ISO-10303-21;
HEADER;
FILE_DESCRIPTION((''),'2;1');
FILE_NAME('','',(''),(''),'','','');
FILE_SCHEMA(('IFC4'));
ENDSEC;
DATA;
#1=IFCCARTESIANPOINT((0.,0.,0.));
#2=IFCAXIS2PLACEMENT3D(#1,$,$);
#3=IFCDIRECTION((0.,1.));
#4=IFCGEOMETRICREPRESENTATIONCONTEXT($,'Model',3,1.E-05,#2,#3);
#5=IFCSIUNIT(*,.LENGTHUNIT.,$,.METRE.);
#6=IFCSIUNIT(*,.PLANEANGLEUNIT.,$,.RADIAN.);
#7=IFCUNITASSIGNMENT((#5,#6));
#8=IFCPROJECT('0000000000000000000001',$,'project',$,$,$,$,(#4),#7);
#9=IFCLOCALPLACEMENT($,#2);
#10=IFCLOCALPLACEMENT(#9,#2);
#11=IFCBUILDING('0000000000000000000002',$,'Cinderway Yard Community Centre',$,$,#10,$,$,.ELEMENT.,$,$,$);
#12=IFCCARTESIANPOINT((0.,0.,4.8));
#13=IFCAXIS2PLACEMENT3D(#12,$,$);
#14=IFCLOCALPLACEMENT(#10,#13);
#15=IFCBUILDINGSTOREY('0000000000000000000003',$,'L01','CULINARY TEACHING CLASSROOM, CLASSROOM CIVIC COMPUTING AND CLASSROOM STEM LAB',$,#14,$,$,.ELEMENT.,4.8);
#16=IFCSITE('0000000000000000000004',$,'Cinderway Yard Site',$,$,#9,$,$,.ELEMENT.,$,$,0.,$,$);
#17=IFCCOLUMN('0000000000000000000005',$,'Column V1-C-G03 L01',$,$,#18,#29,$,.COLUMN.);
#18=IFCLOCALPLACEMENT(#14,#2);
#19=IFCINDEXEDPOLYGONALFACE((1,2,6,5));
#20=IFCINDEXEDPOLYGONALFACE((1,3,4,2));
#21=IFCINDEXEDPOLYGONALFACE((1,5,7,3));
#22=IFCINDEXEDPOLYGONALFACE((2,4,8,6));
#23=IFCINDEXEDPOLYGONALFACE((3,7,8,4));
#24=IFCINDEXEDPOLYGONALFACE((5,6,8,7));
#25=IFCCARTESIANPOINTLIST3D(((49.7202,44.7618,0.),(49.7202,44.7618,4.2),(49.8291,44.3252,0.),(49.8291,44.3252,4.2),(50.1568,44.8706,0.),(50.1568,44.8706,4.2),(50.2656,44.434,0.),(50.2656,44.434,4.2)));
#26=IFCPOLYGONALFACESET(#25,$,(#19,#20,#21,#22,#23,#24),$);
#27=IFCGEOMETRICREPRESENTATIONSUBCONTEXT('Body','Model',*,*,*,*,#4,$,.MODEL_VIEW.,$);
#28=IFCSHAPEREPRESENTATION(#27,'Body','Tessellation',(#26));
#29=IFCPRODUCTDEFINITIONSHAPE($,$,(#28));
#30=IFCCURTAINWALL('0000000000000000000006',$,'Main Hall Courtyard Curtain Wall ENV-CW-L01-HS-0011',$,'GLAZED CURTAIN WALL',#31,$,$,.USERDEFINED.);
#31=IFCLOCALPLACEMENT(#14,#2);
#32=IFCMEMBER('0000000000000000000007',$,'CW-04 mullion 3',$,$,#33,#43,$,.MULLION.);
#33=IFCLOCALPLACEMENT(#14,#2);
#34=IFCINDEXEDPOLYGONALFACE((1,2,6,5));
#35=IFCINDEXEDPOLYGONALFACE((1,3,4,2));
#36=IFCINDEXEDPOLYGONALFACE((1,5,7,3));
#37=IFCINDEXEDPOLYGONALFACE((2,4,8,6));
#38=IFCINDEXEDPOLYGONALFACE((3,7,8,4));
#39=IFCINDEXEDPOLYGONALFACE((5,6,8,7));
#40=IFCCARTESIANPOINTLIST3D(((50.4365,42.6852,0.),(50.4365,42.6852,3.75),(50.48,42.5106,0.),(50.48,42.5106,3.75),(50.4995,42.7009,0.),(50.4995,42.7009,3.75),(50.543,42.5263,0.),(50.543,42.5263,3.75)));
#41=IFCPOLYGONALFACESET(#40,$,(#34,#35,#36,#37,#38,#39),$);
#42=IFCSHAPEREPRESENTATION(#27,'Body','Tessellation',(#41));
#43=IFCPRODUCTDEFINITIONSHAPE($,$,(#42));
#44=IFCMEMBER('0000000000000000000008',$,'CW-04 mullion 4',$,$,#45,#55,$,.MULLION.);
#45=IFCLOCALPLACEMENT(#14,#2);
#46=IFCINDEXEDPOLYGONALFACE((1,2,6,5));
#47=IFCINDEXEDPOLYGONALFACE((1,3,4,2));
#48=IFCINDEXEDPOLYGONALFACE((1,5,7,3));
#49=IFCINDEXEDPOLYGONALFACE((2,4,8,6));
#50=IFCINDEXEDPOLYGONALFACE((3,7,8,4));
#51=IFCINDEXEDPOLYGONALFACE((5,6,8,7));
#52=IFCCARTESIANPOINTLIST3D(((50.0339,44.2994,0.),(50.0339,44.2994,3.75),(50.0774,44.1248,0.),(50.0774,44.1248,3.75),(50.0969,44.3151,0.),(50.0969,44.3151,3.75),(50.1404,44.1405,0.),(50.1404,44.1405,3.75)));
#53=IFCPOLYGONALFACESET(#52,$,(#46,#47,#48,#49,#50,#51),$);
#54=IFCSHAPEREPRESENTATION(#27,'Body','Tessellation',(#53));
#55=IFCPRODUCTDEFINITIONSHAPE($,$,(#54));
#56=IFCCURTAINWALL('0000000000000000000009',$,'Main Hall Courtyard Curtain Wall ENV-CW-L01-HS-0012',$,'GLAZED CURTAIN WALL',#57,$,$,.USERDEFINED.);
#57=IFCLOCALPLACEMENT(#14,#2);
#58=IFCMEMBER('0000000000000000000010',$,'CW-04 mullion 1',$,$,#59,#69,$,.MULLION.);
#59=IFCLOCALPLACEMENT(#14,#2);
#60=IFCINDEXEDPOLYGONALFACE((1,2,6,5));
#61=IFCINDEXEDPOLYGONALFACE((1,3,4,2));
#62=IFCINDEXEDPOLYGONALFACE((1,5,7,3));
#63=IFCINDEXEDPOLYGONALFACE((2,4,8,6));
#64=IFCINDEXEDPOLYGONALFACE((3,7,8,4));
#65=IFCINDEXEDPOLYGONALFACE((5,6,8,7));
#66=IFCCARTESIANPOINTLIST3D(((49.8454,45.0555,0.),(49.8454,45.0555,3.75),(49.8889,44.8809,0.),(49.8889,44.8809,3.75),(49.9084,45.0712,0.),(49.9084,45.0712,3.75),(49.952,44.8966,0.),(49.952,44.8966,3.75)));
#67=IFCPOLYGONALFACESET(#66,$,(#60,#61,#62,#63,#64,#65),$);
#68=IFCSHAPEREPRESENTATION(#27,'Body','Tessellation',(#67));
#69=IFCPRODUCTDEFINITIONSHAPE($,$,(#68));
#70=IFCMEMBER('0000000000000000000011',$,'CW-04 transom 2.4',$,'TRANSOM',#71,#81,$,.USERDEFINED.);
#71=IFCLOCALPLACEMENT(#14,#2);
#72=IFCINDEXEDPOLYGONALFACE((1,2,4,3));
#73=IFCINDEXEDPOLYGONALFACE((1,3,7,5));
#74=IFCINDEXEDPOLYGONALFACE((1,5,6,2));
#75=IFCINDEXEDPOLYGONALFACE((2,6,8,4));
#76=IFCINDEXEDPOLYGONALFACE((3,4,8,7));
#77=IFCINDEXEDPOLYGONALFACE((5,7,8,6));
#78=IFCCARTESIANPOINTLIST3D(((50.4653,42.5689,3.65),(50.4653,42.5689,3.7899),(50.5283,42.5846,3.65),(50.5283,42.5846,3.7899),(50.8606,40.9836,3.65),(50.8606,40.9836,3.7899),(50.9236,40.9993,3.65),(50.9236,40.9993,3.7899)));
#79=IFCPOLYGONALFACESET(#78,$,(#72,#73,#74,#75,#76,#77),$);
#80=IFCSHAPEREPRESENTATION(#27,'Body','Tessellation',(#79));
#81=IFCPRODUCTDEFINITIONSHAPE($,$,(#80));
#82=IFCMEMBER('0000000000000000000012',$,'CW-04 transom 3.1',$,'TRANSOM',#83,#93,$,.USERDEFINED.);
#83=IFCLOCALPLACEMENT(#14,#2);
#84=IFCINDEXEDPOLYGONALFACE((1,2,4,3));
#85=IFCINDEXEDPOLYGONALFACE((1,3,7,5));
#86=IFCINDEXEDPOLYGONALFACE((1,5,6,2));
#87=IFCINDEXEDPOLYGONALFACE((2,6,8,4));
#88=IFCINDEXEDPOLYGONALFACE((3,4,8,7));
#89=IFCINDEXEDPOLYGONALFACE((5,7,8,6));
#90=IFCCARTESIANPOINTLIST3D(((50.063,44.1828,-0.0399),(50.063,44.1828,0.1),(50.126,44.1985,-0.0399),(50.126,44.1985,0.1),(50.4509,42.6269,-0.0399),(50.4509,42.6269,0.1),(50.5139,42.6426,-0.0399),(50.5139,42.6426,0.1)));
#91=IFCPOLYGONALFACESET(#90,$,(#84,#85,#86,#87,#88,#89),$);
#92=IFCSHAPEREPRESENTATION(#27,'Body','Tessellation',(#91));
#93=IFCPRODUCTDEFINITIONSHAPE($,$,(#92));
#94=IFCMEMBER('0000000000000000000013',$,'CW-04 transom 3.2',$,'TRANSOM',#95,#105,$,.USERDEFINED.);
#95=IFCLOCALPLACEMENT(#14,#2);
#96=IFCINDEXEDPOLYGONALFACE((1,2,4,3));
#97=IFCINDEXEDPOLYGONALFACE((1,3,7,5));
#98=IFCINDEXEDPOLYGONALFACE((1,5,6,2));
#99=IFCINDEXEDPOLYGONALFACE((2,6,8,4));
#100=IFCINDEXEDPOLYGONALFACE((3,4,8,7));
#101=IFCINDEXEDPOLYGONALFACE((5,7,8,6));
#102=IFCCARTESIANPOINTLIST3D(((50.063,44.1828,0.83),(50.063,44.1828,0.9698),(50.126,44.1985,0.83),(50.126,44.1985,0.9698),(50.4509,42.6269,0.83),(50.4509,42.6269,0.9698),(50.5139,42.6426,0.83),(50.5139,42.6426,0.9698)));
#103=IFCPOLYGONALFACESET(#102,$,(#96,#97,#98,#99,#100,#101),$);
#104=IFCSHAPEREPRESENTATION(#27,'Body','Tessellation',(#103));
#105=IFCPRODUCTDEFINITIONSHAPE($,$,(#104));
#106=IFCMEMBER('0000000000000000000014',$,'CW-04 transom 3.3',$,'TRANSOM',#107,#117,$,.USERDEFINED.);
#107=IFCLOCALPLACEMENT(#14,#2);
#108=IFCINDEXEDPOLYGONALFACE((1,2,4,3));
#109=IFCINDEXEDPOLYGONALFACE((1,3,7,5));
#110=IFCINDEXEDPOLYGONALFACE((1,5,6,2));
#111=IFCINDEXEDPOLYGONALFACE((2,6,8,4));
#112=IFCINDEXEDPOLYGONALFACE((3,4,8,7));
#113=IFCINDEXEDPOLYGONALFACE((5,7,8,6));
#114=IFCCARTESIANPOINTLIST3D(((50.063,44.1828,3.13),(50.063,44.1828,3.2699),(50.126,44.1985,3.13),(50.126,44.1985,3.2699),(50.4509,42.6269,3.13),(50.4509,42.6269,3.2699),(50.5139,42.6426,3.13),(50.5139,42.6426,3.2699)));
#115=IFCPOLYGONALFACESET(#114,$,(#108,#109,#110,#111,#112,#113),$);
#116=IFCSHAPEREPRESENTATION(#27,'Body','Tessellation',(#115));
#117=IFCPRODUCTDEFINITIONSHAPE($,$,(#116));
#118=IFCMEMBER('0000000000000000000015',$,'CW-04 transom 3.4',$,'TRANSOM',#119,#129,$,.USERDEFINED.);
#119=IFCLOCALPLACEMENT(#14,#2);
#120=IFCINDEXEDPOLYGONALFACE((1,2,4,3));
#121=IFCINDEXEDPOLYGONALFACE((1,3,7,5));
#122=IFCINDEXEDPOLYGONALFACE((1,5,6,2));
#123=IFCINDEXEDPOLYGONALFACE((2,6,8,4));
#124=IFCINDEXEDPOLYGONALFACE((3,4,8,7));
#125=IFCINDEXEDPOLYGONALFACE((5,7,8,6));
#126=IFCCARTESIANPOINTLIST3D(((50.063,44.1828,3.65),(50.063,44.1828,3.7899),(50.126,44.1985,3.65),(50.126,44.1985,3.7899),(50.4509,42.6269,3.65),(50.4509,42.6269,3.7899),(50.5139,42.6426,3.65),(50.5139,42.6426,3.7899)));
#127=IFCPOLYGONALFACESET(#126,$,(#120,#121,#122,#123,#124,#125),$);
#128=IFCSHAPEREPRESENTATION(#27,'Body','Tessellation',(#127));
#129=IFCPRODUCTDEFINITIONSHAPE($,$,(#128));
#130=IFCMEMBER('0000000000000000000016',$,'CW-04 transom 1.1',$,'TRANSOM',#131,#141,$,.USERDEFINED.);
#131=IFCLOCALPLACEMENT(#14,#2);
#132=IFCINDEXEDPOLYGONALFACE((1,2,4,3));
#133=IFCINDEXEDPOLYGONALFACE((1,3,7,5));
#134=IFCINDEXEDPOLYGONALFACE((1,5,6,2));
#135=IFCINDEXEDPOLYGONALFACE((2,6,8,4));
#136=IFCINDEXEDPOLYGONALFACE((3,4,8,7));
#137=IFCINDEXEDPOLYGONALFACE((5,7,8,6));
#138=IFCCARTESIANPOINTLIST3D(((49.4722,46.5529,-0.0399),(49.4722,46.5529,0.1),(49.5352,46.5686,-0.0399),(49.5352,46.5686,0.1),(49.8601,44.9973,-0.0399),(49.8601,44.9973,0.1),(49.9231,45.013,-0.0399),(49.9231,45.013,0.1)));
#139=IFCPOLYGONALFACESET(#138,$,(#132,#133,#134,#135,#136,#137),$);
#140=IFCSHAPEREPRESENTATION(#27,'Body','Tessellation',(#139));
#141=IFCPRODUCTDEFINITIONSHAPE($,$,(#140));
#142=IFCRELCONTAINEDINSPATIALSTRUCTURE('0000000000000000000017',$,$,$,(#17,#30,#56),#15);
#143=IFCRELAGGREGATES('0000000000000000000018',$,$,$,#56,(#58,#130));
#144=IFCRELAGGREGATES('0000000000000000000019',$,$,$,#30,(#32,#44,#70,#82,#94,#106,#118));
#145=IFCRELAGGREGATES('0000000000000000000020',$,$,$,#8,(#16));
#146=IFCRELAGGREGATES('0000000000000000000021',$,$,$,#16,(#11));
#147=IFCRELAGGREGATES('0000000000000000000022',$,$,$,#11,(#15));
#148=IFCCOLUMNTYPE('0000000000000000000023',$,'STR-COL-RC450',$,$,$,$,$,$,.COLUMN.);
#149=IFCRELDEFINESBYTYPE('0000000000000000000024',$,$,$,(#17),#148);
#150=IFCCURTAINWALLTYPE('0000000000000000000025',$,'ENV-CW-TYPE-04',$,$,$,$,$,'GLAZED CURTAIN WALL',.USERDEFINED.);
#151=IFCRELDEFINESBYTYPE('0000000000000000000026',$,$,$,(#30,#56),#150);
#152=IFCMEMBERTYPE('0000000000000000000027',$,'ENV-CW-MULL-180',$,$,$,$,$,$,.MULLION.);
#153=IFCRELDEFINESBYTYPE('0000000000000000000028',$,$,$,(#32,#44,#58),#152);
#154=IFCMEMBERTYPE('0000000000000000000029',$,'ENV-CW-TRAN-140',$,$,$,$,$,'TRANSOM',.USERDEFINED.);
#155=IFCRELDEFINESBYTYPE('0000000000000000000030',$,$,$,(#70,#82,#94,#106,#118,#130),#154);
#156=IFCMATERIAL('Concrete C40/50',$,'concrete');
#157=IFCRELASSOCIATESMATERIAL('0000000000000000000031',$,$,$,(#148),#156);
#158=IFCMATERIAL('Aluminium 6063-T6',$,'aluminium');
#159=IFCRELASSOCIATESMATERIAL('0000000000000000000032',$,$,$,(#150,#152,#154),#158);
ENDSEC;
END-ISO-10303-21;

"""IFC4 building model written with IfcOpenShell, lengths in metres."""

from ifc_helpers import new_model, si_unit, direction, frame, origin, origin_2d, place, context, subcontext, project, spatial, rectangle, extrude, material, material_profile, profile_set, type_object, element, aggregate, save


model = new_model("IFC4")

# Units and contexts
model_context = context("Model", 3, precision=1e-05, world=origin(), true_north=direction((0.0, 1.0)))
body_context = subcontext(model_context, "Body", "Model", "MODEL_VIEW")
ifc_project = project(units=[si_unit("LENGTHUNIT", "METRE"), si_unit("PLANEANGLEUNIT", "RADIAN")], contexts=[model_context])

# Site, building, storey
site_placement = place(None, origin())
site = spatial("IfcSite", under=ifc_project, at=site_placement, Name="Cinderway Yard Site", CompositionType="ELEMENT", RefElevation=0.0)
building_placement = place(site_placement, origin())
building = spatial("IfcBuilding", under=site, at=building_placement, Name="Cinderway Yard Community Centre", CompositionType="ELEMENT")
storey_placement = place(building_placement, frame((0.0, 0.0, 4.8)))
storey = spatial("IfcBuildingStorey", under=building, at=storey_placement, Name="L01", Description="CULINARY TEACHING CLASSROOM, CLASSROOM CIVIC COMPUTING AND CLASSROOM STEM LAB", CompositionType="ELEMENT", Elevation=4.8)

# Column
ifc_material_1 = material(Name="Concrete C40/50", Category="concrete")
ifc_material_profile_1 = material_profile(ifc_material_1, rectangle(XDim=0.45, YDim=0.45, at=origin_2d()), Name="Concrete C40/50")
ifc_profile_set_1 = profile_set([ifc_material_profile_1], Name="Concrete C40/50")
column_type = type_object("IfcColumnType", Name="STR-COL-RC450", PredefinedType="COLUMN", material=ifc_profile_set_1)
column_placement = place(storey_placement, frame((49.9929, 44.5979, 0.0), z_axis=(0.0, 0.0, 1.0), x_axis=(0.970296, 0.241922, 0.0)))
element("IfcColumn", 1, at=column_placement, inside=storey, type_object=column_type, Name="Column V1-C-G03 L01", PredefinedType="COLUMN", context=body_context, shape_type="SweptSolid", body=[
    extrude(rectangle(XDim=0.45, YDim=0.45, at=origin_2d()), origin(), (0.0, 0.0, 1.0), 4.2),
])

# Curtain wall, members
ifc_material_2 = material(Name="Aluminium 6063-T6", Category="aluminium")
curtain_wall_type = type_object("IfcCurtainWallType", Name="ENV-CW-TYPE-04", ElementType="GLAZED CURTAIN WALL", PredefinedType="USERDEFINED", material=ifc_material_2)
curtain_wall_1_placement = place(storey_placement, origin())
curtain_wall_1 = element("IfcCurtainWall", 2, at=curtain_wall_1_placement, inside=storey, type_object=curtain_wall_type, Name="Main Hall Courtyard Curtain Wall ENV-CW-L01-HS-0011", ObjectType="GLAZED CURTAIN WALL", PredefinedType="USERDEFINED")
ifc_material_profile_2 = material_profile(ifc_material_2, rectangle(XDim=0.0649, YDim=0.1799, at=origin_2d()), Name="Aluminium 6063-T6")
ifc_profile_set_2 = profile_set([ifc_material_profile_2], Name="Aluminium 6063-T6")
member_type_1 = type_object("IfcMemberType", Name="ENV-CW-MULL-180", PredefinedType="MULLION", material=ifc_profile_set_2)
member_1_placement = place(storey_placement, frame((50.4897, 42.6057, 0.0), z_axis=(0.0, 0.0, 1.0), x_axis=(-0.970304, -0.241887, 0.0)))
member_1 = element("IfcMember", 3, at=member_1_placement, type_object=member_type_1, Name="CW-04 mullion 3", PredefinedType="MULLION", context=body_context, shape_type="SweptSolid", body=[
    extrude(rectangle(XDim=0.0649, YDim=0.1799, at=origin_2d()), origin(), (0.0, 0.0, 1.0), 3.75),
])
member_2_placement = place(storey_placement, frame((50.0872, 44.22, 0.0), z_axis=(0.0, 0.0, 1.0), x_axis=(-0.970304, -0.241887, 0.0)))
member_2 = element("IfcMember", 4, at=member_2_placement, type_object=member_type_1, Name="CW-04 mullion 4", PredefinedType="MULLION", context=body_context, shape_type="SweptSolid", body=[
    extrude(rectangle(XDim=0.0649, YDim=0.1799, at=origin_2d()), origin(), (0.0, 0.0, 1.0), 3.75),
])

# Curtain wall, member
curtain_wall_2_placement = place(storey_placement, origin())
curtain_wall_2 = element("IfcCurtainWall", 5, at=curtain_wall_2_placement, inside=storey, type_object=curtain_wall_type, Name="Main Hall Courtyard Curtain Wall ENV-CW-L01-HS-0012", ObjectType="GLAZED CURTAIN WALL", PredefinedType="USERDEFINED")
member_3_placement = place(storey_placement, frame((49.8987, 44.9761, 0.0), z_axis=(0.0, 0.0, 1.0), x_axis=(-0.970293, -0.241933, 0.0)))
member_3 = element("IfcMember", 6, at=member_3_placement, type_object=member_type_1, Name="CW-04 mullion 1", PredefinedType="MULLION", context=body_context, shape_type="SweptSolid", body=[
    extrude(rectangle(XDim=0.0649, YDim=0.1799, at=origin_2d()), origin(), (0.0, 0.0, 1.0), 3.75),
])

# Members
ifc_material_profile_3 = material_profile(ifc_material_2, rectangle(XDim=0.0649, YDim=0.1399, at=origin_2d()), Name="Aluminium 6063-T6")
ifc_profile_set_3 = profile_set([ifc_material_profile_3], Name="Aluminium 6063-T6")
member_type_2 = type_object("IfcMemberType", Name="ENV-CW-TRAN-140", ElementType="TRANSOM", PredefinedType="USERDEFINED", material=ifc_profile_set_3)
member_4_placement = place(storey_placement, frame((50.8921, 40.9915, 3.72), z_axis=(-0.241938, 0.970292, 0.0), x_axis=(-0.970292, -0.241938, 0.0)))
member_4 = element("IfcMember", 7, at=member_4_placement, type_object=member_type_2, Name="CW-04 transom 2.4", ObjectType="TRANSOM", PredefinedType="USERDEFINED", context=body_context, shape_type="SweptSolid", body=[
    extrude(rectangle(XDim=0.0649, YDim=0.1399, at=origin_2d()), origin(), (0.0, 0.0, 1.0), 1.6338),
])
member_5_placement = place(storey_placement, frame((50.4824, 42.6348, 0.03), z_axis=(-0.241927, 0.970295, 0.0), x_axis=(-0.970295, -0.241927, 0.0)))
member_5 = element("IfcMember", 8, at=member_5_placement, type_object=member_type_2, Name="CW-04 transom 3.1", ObjectType="TRANSOM", PredefinedType="USERDEFINED", context=body_context, shape_type="SweptSolid", body=[
    extrude(rectangle(XDim=0.0649, YDim=0.1399, at=origin_2d()), origin(), (0.0, 0.0, 1.0), 1.6035),
])
member_6_placement = place(storey_placement, frame((50.4824, 42.6348, 0.8999), z_axis=(-0.241927, 0.970295, 0.0), x_axis=(-0.970295, -0.241927, 0.0)))
member_6 = element("IfcMember", 9, at=member_6_placement, type_object=member_type_2, Name="CW-04 transom 3.2", ObjectType="TRANSOM", PredefinedType="USERDEFINED", context=body_context, shape_type="SweptSolid", body=[
    extrude(rectangle(XDim=0.0649, YDim=0.1399, at=origin_2d()), origin(), (0.0, 0.0, 1.0), 1.6035),
])
member_7_placement = place(storey_placement, frame((50.4824, 42.6348, 3.2), z_axis=(-0.241927, 0.970295, 0.0), x_axis=(-0.970295, -0.241927, 0.0)))
member_7 = element("IfcMember", 10, at=member_7_placement, type_object=member_type_2, Name="CW-04 transom 3.3", ObjectType="TRANSOM", PredefinedType="USERDEFINED", context=body_context, shape_type="SweptSolid", body=[
    extrude(rectangle(XDim=0.0649, YDim=0.1399, at=origin_2d()), origin(), (0.0, 0.0, 1.0), 1.6035),
])
member_8_placement = place(storey_placement, frame((50.4824, 42.6348, 3.72), z_axis=(-0.241927, 0.970295, 0.0), x_axis=(-0.970295, -0.241927, 0.0)))
member_8 = element("IfcMember", 11, at=member_8_placement, type_object=member_type_2, Name="CW-04 transom 3.4", ObjectType="TRANSOM", PredefinedType="USERDEFINED", context=body_context, shape_type="SweptSolid", body=[
    extrude(rectangle(XDim=0.0649, YDim=0.1399, at=origin_2d()), origin(), (0.0, 0.0, 1.0), 1.6035),
])
member_9_placement = place(storey_placement, frame((49.8916, 45.0051, 0.03), z_axis=(-0.241962, 0.970286, 0.0), x_axis=(-0.970286, -0.241962, 0.0)))
member_9 = element("IfcMember", 12, at=member_9_placement, type_object=member_type_2, Name="CW-04 transom 1.1", ObjectType="TRANSOM", PredefinedType="USERDEFINED", context=body_context, shape_type="SweptSolid", body=[
    extrude(rectangle(XDim=0.0649, YDim=0.1399, at=origin_2d()), origin(), (0.0, 0.0, 1.0), 1.6033),
])
aggregate(curtain_wall_2, [member_3, member_9])

aggregate(curtain_wall_1, [member_1, member_2, member_4, member_5, member_6, member_7, member_8])

save(model, "model.ifc")
